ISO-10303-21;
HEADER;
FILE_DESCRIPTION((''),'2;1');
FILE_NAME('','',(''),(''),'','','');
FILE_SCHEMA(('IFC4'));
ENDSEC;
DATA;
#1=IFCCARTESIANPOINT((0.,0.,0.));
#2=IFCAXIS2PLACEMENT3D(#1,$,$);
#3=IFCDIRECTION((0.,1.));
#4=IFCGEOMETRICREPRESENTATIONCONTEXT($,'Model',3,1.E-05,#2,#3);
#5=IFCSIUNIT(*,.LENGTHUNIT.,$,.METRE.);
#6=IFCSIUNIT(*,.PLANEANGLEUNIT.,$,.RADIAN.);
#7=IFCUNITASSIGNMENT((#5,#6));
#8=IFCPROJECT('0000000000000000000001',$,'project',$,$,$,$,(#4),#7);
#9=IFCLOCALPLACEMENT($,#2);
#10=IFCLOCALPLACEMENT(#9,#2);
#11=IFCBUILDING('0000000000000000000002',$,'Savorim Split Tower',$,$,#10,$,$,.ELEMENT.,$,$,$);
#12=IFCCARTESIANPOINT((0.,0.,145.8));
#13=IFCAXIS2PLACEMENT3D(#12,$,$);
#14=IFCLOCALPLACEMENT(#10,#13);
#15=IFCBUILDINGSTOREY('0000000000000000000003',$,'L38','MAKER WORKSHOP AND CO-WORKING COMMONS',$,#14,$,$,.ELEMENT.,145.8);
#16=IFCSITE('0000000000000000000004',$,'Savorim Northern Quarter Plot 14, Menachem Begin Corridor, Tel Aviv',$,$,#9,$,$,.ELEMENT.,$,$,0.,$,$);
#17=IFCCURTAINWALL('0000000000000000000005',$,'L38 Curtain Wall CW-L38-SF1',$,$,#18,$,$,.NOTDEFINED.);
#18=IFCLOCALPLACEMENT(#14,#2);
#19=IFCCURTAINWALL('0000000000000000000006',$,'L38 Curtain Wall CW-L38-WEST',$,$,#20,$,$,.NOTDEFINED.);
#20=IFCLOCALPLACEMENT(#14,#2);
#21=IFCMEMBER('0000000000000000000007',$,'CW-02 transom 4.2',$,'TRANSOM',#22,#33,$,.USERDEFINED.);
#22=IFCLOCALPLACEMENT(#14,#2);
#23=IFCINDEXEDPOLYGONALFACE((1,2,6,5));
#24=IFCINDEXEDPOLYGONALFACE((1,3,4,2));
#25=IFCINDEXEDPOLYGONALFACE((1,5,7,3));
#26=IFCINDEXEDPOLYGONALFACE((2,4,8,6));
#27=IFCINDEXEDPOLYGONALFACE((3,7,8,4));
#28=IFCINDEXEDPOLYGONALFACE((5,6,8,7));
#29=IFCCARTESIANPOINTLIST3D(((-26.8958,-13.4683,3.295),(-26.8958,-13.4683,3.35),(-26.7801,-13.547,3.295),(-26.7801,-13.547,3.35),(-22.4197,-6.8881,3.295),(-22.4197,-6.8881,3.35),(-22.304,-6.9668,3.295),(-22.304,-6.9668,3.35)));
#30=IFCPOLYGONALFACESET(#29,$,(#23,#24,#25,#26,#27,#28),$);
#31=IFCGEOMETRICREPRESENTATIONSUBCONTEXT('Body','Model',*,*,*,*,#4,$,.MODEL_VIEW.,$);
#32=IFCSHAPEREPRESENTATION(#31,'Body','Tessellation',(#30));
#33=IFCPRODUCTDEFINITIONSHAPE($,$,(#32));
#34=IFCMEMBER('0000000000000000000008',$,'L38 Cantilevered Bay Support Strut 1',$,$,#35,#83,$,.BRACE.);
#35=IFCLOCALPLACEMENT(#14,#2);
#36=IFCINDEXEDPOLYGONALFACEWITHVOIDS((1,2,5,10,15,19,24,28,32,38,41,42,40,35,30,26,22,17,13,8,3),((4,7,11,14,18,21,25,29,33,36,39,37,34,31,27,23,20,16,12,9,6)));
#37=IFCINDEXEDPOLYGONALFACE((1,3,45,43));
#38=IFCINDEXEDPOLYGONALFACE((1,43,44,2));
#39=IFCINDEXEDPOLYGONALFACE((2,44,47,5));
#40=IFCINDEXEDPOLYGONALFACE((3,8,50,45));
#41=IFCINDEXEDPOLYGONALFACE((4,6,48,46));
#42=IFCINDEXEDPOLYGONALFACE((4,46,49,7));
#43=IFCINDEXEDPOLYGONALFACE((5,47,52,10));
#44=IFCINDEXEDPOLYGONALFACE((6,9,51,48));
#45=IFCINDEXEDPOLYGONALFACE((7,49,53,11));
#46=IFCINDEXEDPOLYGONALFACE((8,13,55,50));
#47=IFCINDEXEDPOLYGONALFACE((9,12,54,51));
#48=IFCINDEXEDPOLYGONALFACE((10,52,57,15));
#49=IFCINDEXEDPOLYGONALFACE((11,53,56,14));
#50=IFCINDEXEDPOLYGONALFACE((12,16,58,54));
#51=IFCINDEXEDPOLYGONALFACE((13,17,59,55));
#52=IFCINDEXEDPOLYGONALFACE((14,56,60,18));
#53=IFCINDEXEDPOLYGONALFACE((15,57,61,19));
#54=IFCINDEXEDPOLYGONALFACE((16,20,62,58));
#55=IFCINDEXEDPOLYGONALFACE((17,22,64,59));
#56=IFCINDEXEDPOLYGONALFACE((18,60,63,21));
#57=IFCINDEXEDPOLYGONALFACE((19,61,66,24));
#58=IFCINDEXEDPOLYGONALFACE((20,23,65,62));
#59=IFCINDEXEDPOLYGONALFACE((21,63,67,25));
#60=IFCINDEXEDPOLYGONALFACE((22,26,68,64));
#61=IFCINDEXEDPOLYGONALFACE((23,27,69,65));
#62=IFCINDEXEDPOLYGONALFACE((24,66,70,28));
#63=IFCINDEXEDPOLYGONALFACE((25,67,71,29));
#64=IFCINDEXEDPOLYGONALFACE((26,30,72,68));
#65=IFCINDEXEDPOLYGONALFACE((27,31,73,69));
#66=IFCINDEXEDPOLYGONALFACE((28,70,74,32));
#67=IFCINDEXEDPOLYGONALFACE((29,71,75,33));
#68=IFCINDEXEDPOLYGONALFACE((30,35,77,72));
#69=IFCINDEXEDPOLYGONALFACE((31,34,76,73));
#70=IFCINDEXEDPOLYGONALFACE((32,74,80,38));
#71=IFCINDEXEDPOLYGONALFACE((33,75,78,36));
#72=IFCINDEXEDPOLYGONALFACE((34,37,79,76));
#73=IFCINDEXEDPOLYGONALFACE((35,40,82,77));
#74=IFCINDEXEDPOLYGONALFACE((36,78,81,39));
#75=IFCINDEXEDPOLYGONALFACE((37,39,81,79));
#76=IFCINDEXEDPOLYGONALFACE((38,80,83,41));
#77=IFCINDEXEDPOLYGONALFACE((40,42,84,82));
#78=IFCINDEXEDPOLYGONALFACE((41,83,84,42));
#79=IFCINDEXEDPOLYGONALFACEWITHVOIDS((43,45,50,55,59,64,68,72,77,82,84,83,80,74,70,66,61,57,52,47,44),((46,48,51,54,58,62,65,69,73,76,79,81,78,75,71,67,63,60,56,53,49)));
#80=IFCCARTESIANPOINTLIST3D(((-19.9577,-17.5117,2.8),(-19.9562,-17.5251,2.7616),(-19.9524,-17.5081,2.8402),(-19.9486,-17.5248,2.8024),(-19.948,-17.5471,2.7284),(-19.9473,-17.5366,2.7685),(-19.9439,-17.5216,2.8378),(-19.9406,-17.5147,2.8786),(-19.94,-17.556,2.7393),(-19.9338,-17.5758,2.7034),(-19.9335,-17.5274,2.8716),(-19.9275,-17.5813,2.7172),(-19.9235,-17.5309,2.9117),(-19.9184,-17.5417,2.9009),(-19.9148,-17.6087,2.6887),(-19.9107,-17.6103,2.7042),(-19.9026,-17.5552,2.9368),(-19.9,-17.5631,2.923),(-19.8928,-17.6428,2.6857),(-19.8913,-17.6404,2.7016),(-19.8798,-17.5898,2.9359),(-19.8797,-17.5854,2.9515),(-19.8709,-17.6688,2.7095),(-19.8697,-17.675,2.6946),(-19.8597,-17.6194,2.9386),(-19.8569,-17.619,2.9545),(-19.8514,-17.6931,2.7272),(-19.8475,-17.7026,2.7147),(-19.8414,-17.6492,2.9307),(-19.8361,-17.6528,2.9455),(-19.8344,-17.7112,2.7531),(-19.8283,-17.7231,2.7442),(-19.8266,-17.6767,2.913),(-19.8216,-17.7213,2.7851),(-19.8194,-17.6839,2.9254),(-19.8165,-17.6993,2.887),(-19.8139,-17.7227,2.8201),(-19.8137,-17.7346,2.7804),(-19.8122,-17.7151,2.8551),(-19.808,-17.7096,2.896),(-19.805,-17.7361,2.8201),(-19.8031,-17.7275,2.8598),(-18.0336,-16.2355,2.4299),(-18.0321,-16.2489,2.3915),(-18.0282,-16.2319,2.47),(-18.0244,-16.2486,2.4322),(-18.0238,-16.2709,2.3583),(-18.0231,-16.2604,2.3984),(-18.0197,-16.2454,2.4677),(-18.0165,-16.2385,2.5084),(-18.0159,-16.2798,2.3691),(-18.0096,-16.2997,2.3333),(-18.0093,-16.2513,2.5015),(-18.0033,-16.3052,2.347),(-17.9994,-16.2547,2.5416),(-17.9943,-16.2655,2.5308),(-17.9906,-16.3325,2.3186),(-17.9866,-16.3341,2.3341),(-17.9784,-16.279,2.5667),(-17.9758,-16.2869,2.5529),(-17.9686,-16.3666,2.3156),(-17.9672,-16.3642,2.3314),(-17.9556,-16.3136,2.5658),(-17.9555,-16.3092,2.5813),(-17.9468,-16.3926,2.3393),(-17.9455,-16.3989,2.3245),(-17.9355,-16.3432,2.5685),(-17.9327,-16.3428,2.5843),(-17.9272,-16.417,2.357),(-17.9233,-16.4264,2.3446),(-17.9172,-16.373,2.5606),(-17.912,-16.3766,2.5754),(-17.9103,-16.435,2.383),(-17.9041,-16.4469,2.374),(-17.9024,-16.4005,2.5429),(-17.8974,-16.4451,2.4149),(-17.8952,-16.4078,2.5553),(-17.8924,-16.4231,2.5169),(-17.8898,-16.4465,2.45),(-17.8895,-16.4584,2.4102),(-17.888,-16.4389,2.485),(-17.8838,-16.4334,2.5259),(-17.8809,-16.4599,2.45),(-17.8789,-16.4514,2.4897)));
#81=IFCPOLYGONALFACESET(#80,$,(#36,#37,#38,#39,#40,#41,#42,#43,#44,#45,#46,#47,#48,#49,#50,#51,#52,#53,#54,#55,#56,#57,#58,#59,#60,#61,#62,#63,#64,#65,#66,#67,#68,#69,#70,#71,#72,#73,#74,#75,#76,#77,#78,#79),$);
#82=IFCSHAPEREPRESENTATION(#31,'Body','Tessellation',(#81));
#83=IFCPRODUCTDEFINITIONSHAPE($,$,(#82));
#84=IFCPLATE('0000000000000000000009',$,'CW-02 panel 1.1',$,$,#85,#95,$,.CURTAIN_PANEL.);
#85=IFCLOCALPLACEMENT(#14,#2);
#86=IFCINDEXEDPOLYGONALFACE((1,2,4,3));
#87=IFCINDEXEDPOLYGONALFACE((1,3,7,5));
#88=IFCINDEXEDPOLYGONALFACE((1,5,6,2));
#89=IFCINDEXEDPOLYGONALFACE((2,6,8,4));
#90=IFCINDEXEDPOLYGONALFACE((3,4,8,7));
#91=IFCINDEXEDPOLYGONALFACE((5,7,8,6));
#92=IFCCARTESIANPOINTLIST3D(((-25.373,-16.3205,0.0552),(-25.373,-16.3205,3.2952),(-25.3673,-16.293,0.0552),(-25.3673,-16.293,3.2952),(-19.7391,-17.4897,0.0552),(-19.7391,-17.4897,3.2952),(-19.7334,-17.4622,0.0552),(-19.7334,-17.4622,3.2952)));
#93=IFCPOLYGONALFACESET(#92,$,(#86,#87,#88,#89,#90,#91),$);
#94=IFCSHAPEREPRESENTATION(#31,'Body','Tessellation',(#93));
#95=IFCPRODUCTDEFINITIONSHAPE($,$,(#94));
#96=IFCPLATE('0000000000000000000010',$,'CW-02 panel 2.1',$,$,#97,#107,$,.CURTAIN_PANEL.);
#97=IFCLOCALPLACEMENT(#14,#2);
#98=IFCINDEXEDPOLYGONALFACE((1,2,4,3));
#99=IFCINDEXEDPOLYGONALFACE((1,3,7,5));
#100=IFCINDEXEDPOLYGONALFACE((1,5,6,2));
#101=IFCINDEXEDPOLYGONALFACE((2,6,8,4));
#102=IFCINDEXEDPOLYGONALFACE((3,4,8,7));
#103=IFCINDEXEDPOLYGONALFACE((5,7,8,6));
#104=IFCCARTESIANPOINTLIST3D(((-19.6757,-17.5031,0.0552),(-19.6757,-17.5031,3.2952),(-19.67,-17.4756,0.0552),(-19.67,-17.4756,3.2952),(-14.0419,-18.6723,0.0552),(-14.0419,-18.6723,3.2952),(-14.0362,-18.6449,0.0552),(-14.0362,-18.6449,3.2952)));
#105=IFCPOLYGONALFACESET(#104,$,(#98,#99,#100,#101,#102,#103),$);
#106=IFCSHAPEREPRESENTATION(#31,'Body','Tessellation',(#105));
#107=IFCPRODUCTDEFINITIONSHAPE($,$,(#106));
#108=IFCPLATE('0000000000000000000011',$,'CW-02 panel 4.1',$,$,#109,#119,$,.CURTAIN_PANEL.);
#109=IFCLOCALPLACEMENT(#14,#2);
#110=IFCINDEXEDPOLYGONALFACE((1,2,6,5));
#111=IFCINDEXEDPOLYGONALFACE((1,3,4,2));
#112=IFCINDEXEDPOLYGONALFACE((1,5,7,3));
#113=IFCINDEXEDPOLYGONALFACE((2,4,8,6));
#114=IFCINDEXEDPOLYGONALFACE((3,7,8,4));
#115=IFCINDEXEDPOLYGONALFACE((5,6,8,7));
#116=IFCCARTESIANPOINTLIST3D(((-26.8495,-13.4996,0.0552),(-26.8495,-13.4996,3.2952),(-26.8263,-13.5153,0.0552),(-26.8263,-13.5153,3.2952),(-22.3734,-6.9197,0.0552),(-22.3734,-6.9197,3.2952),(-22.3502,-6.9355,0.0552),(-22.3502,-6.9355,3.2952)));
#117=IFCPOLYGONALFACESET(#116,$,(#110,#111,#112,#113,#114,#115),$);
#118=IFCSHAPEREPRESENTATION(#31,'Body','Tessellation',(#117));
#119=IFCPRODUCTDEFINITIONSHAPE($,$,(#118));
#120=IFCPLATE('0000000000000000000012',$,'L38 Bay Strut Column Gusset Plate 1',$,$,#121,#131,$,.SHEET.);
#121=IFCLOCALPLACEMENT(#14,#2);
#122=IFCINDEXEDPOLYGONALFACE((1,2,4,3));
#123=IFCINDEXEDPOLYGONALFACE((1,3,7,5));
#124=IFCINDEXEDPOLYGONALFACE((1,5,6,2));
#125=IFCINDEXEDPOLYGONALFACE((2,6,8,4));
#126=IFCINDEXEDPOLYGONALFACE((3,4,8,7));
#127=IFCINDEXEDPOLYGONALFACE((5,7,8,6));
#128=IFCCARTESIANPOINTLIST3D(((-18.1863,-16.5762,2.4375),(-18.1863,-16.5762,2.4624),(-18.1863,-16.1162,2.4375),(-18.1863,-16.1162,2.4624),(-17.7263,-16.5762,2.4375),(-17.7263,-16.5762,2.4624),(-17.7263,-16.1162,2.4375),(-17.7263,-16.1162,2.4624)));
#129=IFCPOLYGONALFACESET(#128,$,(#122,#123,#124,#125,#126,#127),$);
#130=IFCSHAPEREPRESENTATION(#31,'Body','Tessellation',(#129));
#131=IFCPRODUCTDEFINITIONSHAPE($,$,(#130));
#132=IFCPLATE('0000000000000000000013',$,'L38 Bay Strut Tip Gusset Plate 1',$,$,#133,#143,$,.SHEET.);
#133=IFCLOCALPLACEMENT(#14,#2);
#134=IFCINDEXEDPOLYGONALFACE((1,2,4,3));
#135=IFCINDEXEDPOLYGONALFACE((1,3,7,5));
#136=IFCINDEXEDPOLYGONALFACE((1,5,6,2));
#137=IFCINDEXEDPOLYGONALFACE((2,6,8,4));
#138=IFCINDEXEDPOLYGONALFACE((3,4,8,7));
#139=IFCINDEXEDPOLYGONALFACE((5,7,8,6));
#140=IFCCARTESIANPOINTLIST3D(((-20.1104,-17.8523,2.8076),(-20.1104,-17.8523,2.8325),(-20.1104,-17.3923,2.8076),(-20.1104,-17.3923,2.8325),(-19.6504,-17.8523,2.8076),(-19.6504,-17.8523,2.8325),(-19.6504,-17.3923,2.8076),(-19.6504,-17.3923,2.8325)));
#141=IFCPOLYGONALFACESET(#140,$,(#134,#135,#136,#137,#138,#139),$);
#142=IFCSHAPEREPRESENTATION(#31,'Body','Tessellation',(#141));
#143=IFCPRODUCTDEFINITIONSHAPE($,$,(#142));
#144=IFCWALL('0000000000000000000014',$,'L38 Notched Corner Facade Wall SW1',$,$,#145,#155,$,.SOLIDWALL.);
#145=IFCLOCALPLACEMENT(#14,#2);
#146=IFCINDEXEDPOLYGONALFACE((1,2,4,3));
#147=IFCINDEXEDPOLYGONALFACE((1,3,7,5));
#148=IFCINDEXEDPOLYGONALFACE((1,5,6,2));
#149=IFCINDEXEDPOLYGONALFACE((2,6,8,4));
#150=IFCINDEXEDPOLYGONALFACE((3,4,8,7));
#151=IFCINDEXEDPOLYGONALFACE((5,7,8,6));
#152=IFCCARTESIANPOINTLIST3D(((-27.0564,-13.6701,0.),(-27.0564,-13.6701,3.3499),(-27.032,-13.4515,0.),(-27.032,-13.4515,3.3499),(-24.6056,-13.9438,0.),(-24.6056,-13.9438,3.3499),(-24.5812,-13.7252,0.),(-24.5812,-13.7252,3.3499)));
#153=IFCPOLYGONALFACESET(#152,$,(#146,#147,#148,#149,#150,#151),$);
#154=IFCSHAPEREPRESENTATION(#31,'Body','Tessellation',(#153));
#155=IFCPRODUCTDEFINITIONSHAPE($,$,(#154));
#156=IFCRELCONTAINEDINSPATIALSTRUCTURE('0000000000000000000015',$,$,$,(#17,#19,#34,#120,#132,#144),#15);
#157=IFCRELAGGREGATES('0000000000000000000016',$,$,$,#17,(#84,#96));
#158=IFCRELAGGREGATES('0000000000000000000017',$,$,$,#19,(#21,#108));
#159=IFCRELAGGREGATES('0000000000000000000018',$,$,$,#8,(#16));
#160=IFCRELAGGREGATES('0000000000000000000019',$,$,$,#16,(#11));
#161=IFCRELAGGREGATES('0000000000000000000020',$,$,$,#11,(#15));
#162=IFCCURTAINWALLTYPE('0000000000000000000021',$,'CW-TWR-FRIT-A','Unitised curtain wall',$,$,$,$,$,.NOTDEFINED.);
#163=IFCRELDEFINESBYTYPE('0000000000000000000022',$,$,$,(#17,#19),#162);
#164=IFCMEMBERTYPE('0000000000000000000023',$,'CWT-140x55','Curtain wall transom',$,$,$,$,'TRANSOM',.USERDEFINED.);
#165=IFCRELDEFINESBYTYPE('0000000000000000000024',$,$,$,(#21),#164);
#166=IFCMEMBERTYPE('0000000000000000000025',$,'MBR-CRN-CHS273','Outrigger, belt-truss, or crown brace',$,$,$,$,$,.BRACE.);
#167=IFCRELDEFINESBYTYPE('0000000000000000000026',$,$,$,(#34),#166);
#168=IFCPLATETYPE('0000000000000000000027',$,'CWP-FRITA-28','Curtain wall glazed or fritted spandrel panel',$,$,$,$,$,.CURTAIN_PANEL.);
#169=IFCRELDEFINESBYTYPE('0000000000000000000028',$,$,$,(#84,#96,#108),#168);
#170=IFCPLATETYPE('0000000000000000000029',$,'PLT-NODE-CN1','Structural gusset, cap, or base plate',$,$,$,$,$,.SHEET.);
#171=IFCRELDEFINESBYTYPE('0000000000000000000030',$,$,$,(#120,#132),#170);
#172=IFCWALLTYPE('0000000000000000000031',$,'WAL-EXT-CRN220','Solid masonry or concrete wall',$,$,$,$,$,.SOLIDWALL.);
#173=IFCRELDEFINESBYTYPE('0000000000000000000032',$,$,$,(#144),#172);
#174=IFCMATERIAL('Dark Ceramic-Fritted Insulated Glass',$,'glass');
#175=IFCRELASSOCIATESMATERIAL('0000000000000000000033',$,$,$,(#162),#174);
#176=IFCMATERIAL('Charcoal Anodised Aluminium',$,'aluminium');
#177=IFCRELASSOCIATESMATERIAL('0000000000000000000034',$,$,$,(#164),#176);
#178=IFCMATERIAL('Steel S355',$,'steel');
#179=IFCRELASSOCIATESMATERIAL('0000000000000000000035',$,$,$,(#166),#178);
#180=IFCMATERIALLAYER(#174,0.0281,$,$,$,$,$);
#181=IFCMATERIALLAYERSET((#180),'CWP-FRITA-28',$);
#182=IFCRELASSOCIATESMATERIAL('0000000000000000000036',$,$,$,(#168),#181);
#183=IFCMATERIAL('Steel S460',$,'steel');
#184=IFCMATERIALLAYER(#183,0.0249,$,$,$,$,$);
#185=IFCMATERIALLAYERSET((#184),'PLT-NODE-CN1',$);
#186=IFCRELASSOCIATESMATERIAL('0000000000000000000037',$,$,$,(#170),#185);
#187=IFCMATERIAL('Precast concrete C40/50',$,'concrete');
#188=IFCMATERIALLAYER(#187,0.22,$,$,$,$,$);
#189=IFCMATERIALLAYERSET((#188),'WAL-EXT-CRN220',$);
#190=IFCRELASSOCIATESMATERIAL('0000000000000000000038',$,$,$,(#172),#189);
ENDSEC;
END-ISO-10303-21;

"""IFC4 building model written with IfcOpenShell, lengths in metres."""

from ifc_helpers import new_model, si_unit, direction, frame, frame_2d, origin, origin_2d, place, context, subcontext, project, spatial, rectangle, hollow_circle, extrude, material, layer, layer_set, material_profile, profile_set, type_object, element, aggregate, save


model = new_model("IFC4")

# Units and contexts
model_context = context("Model", 3, precision=1e-05, world=origin(), true_north=direction((0.0, 1.0)))
body_context = subcontext(model_context, "Body", "Model", "MODEL_VIEW")
ifc_project = project(units=[si_unit("LENGTHUNIT", "METRE"), si_unit("PLANEANGLEUNIT", "RADIAN")], contexts=[model_context])

# Site, building, storey
site_placement = place(None, origin())
site = spatial("IfcSite", under=ifc_project, at=site_placement, Name="Savorim Northern Quarter Plot 14, Menachem Begin Corridor, Tel Aviv", CompositionType="ELEMENT", RefElevation=0.0)
building_placement = place(site_placement, origin())
building = spatial("IfcBuilding", under=site, at=building_placement, Name="Savorim Split Tower", CompositionType="ELEMENT")
storey_placement = place(building_placement, frame((0.0, 0.0, 145.8)))
storey = spatial("IfcBuildingStorey", under=building, at=storey_placement, Name="L38", Description="MAKER WORKSHOP AND CO-WORKING COMMONS", CompositionType="ELEMENT", Elevation=145.8)

# Shared definitions
ifc_material_1 = material(Name="Steel S460", Category="steel")

# Shared definitions
ifc_material_2 = material(Name="Steel S355", Category="steel")

# Curtain walls
ifc_material_3 = material(Name="Dark Ceramic-Fritted Insulated Glass", Category="glass")
curtain_wall_type = type_object("IfcCurtainWallType", Name="CW-TWR-FRIT-A", Description="Unitised curtain wall", PredefinedType="NOTDEFINED", material=ifc_material_3)
curtain_wall_1_placement = place(storey_placement, origin())
curtain_wall_1 = element("IfcCurtainWall", 1, at=curtain_wall_1_placement, inside=storey, type_object=curtain_wall_type, Name="L38 Curtain Wall CW-L38-SF1", PredefinedType="NOTDEFINED")
ifc_material_4 = material(Name="Charcoal Anodised Aluminium", Category="aluminium")
curtain_wall_2_placement = place(storey_placement, origin())
curtain_wall_2 = element("IfcCurtainWall", 2, at=curtain_wall_2_placement, inside=storey, type_object=curtain_wall_type, Name="L38 Curtain Wall CW-L38-WEST", PredefinedType="NOTDEFINED")

# Members
ifc_material_profile_1 = material_profile(ifc_material_4, rectangle(XDim=0.1399, YDim=0.0549, at=origin_2d()), Name="ALU-T 140x55")
ifc_profile_set_1 = profile_set([ifc_material_profile_1], Name="Charcoal Anodised Aluminium")
member_type_1 = type_object("IfcMemberType", Name="CWT-140x55", Description="Curtain wall transom", ElementType="TRANSOM", PredefinedType="USERDEFINED", material=ifc_profile_set_1)
member_1_placement = place(storey_placement, frame((-22.3618, -6.9275, 3.3225), z_axis=(-0.562449, -0.826832, 0.0), x_axis=(0.826832, -0.562449, 0.0)))
member_1 = element("IfcMember", 3, at=member_1_placement, type_object=member_type_1, Name="CW-02 transom 4.2", ObjectType="TRANSOM", PredefinedType="USERDEFINED", context=body_context, shape_type="SweptSolid", body=[
    extrude(rectangle(XDim=0.1399, YDim=0.0549, at=origin_2d()), origin(), (0.0, 0.0, 1.0), 7.9583),
])
ifc_material_profile_2 = material_profile(ifc_material_2, hollow_circle(Radius=0.1365, WallThickness=0.0161, at=origin_2d()), Name="CHS 273x16")
ifc_profile_set_2 = profile_set([ifc_material_profile_2], Name="Steel S355")
member_type_2 = type_object("IfcMemberType", Name="MBR-CRN-CHS273", Description="Outrigger, belt-truss, or crown brace", PredefinedType="BRACE", material=ifc_profile_set_2)
member_2_placement = place(storey_placement, frame((-17.9563, -16.3462, 2.45), z_axis=(-0.82286, -0.545754, 0.158286), x_axis=(0.552722, -0.833366, 0.0)))
element("IfcMember", 4, at=member_2_placement, inside=storey, type_object=member_type_2, Name="L38 Cantilevered Bay Support Strut 1", PredefinedType="BRACE", context=body_context, shape_type="SweptSolid", body=[
    extrude(hollow_circle(Radius=0.1365, WallThickness=0.0161, at=origin_2d()), origin(), (0.0, 0.0, 1.0), 2.3384),
])

# Plates
ifc_layer_1 = layer(ifc_material_3, 0.0281)
ifc_layer_set_1 = layer_set([ifc_layer_1], Name="CWP-FRITA-28")
plate_type_1 = type_object("IfcPlateType", Name="CWP-FRITA-28", Description="Curtain wall glazed or fritted spandrel panel", PredefinedType="CURTAIN_PANEL", material=ifc_layer_set_1)
plate_1_placement = place(storey_placement, frame((-22.5532, -16.8914, 0.0552), z_axis=(0.0, 0.0, 1.0), x_axis=(0.979135, -0.20321, 0.0)))
plate_1 = element("IfcPlate", 5, at=plate_1_placement, type_object=plate_type_1, Name="CW-02 panel 1.1", PredefinedType="CURTAIN_PANEL", context=body_context, shape_type="SweptSolid", body=[
    extrude(rectangle(XDim=5.7539, YDim=0.0281, at=origin_2d()), origin(), (0.0, 0.0, 1.0), 3.24),
])
plate_2_placement = place(storey_placement, frame((-16.856, -18.074, 0.0552), z_axis=(0.0, 0.0, 1.0), x_axis=(0.979135, -0.20321, 0.0)))
plate_2 = element("IfcPlate", 6, at=plate_2_placement, type_object=plate_type_1, Name="CW-02 panel 2.1", PredefinedType="CURTAIN_PANEL", context=body_context, shape_type="SweptSolid", body=[
    extrude(rectangle(XDim=5.7539, YDim=0.0281, at=origin_2d()), origin(), (0.0, 0.0, 1.0), 3.24),
])
aggregate(curtain_wall_1, [plate_1, plate_2])
plate_3_placement = place(storey_placement, frame((-24.5999, -10.2175, 0.0552), z_axis=(0.0, 0.0, 1.0), x_axis=(-0.562466, -0.82682, 0.0)))
plate_3 = element("IfcPlate", 7, at=plate_3_placement, type_object=plate_type_1, Name="CW-02 panel 4.1", PredefinedType="CURTAIN_PANEL", context=body_context, shape_type="SweptSolid", body=[
    extrude(rectangle(XDim=7.958, YDim=0.0281, at=origin_2d()), origin(), (0.0, 0.0, 1.0), 3.24),
])
aggregate(curtain_wall_2, [member_1, plate_3])

# Plates
ifc_layer_2 = layer(ifc_material_1, 0.0249)
ifc_layer_set_2 = layer_set([ifc_layer_2], Name="PLT-NODE-CN1")
plate_type_2 = type_object("IfcPlateType", Name="PLT-NODE-CN1", Description="Structural gusset, cap, or base plate", PredefinedType="SHEET", material=ifc_layer_set_2)
for number, where, z_axis, x_axis, name in (
    (8, (-17.9563, -16.3462, 2.4375), (0.0, 0.0, 1.0), (1.0, 0.0, 0.0), "L38 Bay Strut Column Gusset Plate 1"),
    (9, (-19.8804, -17.6223, 2.8076), (0.0, 0.0, 1.0), (1.0, 0.0, 0.0), "L38 Bay Strut Tip Gusset Plate 1"),
):
    element("IfcPlate", number, at=place(storey_placement, frame(where, z_axis=z_axis, x_axis=x_axis)), inside=storey, type_object=plate_type_2, Name=name, PredefinedType="SHEET", context=body_context, shape_type="SweptSolid", body=[
        extrude(rectangle(XDim=0.46, YDim=0.46, at=origin_2d()), origin(), (0.0, 0.0, 1.0), 0.0249),
    ])

# Wall
ifc_material_5 = material(Name="Precast concrete C40/50", Category="concrete")
ifc_layer_3 = layer(ifc_material_5, 0.22)
ifc_layer_set_3 = layer_set([ifc_layer_3], Name="WAL-EXT-CRN220")
wall_type = type_object("IfcWallType", Name="WAL-EXT-CRN220", Description="Solid masonry or concrete wall", PredefinedType="SOLIDWALL", material=ifc_layer_set_3)
wall_1_placement = place(storey_placement, frame((-24.5935, -13.8345, 0.0), z_axis=(0.0, 0.0, 1.0), x_axis=(-0.993823, 0.110975, 0.0)))
element("IfcWall", 10, at=wall_1_placement, inside=storey, type_object=wall_type, Name="L38 Notched Corner Facade Wall SW1", PredefinedType="SOLIDWALL", context=body_context, shape_type="SweptSolid", body=[
    extrude(rectangle(XDim=2.4661, YDim=0.22, at=frame_2d((1.2329, 0.0))), origin(), (0.0, 0.0, 1.0), 3.3499),
])

save(model, "model.ifc")
